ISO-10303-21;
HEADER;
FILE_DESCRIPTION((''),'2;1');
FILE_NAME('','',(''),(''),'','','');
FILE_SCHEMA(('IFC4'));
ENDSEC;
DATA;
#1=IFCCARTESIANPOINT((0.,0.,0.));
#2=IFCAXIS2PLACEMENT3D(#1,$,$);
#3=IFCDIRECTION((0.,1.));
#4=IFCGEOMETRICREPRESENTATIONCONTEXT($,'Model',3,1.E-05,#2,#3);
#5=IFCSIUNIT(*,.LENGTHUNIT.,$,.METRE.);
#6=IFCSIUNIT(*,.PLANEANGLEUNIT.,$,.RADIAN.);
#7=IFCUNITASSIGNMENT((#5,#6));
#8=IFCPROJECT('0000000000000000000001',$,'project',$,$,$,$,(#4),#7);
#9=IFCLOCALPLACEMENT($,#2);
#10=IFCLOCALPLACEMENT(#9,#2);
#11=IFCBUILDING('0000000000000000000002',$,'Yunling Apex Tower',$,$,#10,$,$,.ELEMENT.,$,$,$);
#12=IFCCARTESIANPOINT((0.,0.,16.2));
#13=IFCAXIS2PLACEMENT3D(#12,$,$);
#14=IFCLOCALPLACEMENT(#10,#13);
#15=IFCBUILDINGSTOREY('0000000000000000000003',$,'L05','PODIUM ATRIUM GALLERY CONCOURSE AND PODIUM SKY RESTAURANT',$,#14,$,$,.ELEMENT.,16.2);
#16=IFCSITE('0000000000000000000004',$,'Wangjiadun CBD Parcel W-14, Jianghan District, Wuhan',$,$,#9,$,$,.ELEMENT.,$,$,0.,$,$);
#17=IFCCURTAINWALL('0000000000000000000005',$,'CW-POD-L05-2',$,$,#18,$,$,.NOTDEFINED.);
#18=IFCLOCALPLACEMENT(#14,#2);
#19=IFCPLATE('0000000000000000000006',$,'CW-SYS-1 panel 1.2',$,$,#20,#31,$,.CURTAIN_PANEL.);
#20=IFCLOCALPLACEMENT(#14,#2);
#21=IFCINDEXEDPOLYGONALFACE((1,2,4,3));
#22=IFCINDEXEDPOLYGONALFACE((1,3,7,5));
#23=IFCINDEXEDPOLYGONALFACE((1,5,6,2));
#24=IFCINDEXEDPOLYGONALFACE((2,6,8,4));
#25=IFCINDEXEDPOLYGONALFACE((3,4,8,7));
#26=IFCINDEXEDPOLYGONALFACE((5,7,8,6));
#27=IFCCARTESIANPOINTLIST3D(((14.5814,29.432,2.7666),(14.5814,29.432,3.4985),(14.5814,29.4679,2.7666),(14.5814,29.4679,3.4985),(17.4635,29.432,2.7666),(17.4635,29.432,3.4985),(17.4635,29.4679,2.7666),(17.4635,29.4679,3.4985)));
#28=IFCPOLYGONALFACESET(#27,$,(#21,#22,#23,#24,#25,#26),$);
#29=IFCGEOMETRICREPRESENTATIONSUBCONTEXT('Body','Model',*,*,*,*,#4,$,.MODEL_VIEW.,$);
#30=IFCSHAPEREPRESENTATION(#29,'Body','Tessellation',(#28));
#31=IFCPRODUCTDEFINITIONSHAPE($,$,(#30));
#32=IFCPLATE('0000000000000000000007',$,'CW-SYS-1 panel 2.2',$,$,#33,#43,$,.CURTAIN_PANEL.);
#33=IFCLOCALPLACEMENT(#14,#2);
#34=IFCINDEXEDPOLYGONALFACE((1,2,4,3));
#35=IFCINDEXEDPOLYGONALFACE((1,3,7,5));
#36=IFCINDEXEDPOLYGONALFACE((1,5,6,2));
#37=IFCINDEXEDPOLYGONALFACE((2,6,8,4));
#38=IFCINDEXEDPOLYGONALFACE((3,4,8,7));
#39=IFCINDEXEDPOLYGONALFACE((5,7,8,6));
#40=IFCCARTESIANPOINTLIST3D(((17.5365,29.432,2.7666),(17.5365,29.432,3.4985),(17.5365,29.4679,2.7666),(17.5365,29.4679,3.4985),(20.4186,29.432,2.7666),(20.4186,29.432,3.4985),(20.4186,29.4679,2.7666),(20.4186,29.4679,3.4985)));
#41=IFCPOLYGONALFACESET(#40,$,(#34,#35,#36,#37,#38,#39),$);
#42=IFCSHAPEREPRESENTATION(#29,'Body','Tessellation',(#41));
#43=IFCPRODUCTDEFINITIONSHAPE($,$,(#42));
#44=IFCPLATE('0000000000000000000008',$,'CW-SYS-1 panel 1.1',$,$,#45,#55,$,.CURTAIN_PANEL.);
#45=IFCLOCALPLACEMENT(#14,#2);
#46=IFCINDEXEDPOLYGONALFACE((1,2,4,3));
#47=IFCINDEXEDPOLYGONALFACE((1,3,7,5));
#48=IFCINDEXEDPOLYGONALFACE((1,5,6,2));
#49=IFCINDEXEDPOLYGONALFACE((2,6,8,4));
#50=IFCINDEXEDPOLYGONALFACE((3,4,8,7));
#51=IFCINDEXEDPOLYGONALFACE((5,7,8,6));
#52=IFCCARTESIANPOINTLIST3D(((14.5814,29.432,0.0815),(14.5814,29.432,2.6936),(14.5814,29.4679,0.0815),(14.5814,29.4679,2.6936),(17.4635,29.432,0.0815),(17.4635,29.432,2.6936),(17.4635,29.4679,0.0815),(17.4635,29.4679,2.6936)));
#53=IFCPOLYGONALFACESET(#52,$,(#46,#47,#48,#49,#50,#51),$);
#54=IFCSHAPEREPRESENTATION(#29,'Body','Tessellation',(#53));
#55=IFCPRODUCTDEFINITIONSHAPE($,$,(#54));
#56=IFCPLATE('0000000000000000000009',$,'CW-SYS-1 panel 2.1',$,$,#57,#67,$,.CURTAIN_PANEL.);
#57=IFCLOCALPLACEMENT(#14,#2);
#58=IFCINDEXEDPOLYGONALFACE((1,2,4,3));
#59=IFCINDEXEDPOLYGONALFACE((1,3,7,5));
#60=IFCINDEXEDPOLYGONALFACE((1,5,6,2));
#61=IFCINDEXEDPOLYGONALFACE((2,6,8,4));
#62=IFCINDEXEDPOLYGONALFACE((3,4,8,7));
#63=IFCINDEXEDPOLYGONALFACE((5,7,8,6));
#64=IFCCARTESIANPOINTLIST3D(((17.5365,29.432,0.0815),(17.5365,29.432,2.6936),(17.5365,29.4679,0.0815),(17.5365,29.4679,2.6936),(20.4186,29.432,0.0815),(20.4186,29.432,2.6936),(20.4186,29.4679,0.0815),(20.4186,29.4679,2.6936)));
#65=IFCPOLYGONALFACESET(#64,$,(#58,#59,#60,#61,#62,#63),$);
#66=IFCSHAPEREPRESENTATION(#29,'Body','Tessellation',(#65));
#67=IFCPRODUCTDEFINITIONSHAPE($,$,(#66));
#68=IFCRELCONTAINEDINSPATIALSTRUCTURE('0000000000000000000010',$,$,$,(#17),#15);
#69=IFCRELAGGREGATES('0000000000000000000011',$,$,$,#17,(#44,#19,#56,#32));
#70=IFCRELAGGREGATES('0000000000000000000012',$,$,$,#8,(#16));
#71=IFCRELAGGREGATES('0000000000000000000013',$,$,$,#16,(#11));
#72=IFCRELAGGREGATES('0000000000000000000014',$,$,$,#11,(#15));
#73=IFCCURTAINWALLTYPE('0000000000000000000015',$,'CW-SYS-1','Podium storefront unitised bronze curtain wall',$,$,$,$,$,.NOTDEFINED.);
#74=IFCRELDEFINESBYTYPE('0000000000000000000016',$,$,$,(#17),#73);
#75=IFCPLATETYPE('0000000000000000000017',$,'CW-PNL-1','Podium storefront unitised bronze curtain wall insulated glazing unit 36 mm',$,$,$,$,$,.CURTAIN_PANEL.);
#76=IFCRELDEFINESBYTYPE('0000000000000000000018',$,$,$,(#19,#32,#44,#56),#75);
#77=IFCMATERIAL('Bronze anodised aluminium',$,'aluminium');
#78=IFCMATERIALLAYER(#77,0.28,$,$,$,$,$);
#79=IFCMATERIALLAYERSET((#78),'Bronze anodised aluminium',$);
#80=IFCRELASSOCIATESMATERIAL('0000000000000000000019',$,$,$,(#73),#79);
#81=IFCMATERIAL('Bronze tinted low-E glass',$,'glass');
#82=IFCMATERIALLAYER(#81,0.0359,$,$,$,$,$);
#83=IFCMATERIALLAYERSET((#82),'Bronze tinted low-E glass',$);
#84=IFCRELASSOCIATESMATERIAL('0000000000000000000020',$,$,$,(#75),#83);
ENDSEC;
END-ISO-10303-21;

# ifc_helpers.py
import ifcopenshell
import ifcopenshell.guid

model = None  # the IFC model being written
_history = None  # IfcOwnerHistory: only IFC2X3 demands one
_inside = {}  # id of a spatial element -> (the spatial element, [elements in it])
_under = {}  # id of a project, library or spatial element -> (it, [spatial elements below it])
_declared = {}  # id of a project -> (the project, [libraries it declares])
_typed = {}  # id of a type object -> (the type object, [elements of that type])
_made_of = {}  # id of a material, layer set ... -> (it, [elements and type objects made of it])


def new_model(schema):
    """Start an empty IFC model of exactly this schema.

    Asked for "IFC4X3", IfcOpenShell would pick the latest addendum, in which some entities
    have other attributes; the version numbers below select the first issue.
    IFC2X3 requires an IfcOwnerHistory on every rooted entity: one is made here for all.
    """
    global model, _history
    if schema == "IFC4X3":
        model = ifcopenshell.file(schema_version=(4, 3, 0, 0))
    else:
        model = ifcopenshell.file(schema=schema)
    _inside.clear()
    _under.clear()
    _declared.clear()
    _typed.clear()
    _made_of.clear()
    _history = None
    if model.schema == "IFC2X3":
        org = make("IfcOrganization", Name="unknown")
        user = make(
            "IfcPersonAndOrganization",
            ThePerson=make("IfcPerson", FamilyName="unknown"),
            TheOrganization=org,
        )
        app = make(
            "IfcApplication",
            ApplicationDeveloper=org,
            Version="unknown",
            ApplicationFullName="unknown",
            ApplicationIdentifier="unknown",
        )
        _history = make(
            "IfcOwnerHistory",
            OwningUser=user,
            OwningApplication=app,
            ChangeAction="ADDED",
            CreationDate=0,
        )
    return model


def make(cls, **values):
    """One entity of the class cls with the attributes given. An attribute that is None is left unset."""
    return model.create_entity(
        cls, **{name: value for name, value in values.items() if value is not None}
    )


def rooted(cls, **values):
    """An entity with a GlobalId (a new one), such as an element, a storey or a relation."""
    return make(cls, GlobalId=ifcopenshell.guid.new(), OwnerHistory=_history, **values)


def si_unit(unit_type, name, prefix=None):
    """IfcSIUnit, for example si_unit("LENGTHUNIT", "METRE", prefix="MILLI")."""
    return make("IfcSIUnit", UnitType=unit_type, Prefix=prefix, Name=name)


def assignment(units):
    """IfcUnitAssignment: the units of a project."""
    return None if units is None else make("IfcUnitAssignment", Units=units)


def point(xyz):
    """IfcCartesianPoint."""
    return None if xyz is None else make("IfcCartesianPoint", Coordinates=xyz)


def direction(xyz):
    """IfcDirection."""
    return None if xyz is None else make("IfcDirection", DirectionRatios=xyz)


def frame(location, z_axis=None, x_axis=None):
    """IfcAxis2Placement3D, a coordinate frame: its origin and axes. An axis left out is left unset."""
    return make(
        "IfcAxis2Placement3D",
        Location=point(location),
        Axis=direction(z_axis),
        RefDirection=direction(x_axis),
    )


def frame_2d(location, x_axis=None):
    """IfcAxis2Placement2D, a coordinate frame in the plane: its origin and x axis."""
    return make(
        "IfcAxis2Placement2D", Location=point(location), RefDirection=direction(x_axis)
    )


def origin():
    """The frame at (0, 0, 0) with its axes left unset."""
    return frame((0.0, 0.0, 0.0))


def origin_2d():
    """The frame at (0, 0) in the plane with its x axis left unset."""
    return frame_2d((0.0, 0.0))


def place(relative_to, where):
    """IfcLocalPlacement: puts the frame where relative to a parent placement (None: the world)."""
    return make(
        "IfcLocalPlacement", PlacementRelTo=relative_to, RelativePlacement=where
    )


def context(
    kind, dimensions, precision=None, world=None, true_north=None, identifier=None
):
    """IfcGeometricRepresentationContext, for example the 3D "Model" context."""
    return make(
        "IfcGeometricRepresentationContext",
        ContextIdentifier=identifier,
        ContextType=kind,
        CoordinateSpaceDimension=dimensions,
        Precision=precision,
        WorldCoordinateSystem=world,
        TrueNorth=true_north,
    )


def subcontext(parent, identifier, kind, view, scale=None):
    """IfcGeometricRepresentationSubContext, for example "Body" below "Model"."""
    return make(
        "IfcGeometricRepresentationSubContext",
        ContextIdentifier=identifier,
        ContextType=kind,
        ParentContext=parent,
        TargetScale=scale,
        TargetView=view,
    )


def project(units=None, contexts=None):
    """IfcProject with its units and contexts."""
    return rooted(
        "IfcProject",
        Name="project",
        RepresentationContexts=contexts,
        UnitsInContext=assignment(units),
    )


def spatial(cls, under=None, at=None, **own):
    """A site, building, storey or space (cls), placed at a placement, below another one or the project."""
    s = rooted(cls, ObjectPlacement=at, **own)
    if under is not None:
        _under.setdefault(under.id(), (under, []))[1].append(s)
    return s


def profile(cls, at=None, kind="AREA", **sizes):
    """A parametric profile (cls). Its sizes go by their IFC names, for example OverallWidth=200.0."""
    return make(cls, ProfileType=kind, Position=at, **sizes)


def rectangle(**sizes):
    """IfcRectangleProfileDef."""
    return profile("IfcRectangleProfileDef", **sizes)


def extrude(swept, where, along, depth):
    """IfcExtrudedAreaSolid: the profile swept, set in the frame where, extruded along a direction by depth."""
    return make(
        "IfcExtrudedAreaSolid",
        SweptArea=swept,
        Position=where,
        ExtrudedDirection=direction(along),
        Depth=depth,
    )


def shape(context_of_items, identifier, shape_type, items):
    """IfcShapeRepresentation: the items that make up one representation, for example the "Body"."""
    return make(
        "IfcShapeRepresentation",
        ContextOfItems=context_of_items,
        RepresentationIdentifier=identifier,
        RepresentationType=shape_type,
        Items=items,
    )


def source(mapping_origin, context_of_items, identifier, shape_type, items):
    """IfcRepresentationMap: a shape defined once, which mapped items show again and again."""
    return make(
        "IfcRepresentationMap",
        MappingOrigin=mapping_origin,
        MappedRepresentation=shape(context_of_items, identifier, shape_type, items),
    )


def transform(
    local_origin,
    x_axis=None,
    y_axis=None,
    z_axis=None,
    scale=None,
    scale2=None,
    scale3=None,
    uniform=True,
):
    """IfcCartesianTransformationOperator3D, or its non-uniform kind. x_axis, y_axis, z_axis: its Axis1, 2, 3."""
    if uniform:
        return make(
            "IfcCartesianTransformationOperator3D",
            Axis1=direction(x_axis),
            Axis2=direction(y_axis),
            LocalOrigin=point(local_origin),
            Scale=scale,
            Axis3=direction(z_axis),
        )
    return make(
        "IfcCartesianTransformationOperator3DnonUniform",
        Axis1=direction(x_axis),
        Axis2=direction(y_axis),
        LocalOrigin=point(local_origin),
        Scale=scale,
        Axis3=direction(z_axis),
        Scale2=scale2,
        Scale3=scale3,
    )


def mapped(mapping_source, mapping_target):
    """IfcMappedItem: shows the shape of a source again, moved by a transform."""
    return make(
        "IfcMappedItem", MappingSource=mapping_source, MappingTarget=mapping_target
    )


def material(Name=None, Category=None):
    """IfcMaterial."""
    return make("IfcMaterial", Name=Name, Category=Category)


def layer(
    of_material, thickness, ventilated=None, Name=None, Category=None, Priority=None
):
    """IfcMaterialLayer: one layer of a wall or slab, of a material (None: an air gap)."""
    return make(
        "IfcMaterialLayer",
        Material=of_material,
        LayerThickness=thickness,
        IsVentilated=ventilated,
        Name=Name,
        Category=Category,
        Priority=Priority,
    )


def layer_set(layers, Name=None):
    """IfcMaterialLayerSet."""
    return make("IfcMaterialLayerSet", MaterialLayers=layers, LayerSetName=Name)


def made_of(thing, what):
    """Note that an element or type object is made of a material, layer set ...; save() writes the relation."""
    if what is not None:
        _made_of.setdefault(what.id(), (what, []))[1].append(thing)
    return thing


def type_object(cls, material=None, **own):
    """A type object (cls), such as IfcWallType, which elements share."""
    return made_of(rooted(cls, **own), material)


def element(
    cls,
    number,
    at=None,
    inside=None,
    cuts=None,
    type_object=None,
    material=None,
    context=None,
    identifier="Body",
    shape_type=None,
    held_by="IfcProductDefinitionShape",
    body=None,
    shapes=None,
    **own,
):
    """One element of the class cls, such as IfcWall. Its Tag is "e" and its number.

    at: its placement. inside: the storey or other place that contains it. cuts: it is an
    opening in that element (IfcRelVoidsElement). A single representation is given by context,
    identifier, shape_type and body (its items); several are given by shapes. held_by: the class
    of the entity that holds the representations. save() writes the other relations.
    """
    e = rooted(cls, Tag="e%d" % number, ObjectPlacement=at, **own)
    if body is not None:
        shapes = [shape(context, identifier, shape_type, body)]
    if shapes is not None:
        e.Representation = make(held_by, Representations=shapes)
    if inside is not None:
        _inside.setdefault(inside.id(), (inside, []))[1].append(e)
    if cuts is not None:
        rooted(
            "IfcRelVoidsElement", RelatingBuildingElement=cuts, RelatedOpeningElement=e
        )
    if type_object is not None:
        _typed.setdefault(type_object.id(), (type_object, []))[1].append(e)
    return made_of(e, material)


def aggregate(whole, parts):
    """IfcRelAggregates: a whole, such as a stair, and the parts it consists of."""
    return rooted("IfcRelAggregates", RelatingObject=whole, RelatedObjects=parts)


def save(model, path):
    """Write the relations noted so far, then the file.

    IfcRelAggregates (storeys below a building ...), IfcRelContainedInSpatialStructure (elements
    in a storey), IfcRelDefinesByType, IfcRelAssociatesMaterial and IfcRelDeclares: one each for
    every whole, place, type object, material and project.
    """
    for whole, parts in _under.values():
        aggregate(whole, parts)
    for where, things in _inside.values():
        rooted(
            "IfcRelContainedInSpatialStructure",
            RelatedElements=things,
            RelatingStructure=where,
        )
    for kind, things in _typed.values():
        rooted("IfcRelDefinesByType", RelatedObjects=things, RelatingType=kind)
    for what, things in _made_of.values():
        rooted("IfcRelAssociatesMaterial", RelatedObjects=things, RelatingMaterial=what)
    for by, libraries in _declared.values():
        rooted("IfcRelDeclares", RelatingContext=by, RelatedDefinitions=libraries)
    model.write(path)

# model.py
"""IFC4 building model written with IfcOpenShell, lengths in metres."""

from ifc_helpers import new_model, si_unit, direction, frame, origin, origin_2d, place, context, subcontext, project, spatial, rectangle, extrude, source, transform, mapped, material, layer, layer_set, type_object, element, aggregate, save


model = new_model("IFC4")

# Units and contexts
model_context = context("Model", 3, precision=1e-05, world=origin(), true_north=direction((0.0, 1.0)))
body_context = subcontext(model_context, "Body", "Model", "MODEL_VIEW")
ifc_project = project(units=[si_unit("LENGTHUNIT", "METRE"), si_unit("PLANEANGLEUNIT", "RADIAN")], contexts=[model_context])

# Site, building, storey
site_placement = place(None, origin())
site = spatial("IfcSite", under=ifc_project, at=site_placement, Name="Wangjiadun CBD Parcel W-14, Jianghan District, Wuhan", CompositionType="ELEMENT", RefElevation=0.0)
building_placement = place(site_placement, origin())
building = spatial("IfcBuilding", under=site, at=building_placement, Name="Yunling Apex Tower", CompositionType="ELEMENT")
storey_placement = place(building_placement, frame((0.0, 0.0, 16.2)))
storey = spatial("IfcBuildingStorey", under=building, at=storey_placement, Name="L05", Description="PODIUM ATRIUM GALLERY CONCOURSE AND PODIUM SKY RESTAURANT", CompositionType="ELEMENT", Elevation=16.2)

# Curtain wall
ifc_material_1 = material(Name="Bronze anodised aluminium", Category="aluminium")
ifc_layer_1 = layer(ifc_material_1, 0.28)
ifc_layer_set_1 = layer_set([ifc_layer_1], Name="Bronze anodised aluminium")
curtain_wall_type = type_object("IfcCurtainWallType", Name="CW-SYS-1", Description="Podium storefront unitised bronze curtain wall", PredefinedType="NOTDEFINED", material=ifc_layer_set_1)
curtain_wall_placement = place(storey_placement, origin())
curtain_wall = element("IfcCurtainWall", 1, at=curtain_wall_placement, inside=storey, type_object=curtain_wall_type, Name="CW-POD-L05-2", PredefinedType="NOTDEFINED")

# Plates
ifc_material_2 = material(Name="Bronze tinted low-E glass", Category="glass")
ifc_layer_2 = layer(ifc_material_2, 0.0359)
ifc_layer_set_2 = layer_set([ifc_layer_2], Name="Bronze tinted low-E glass")
plate_type_1 = type_object("IfcPlateType", Name="CW-PNL-1", Description="Podium storefront unitised bronze curtain wall insulated glazing unit 36 mm", PredefinedType="CURTAIN_PANEL", material=ifc_layer_set_2)
shared_shape_1 = source(origin(), body_context, "Body", "SweptSolid", [
    extrude(rectangle(XDim=2.8821, YDim=0.0359, at=origin_2d()), origin(), (0.0, 0.0, 1.0), 0.7319),
])
plate_1_placement = place(storey_placement, frame((16.0225, 29.45, 2.7666), z_axis=(0.0, 0.0, 1.0), x_axis=(1.0, 0.0, 0.0)))
plate_1 = element("IfcPlate", 2, at=plate_1_placement, type_object=plate_type_1, Name="CW-SYS-1 panel 1.2", PredefinedType="CURTAIN_PANEL", context=body_context, shape_type="MappedRepresentation", body=[
    mapped(shared_shape_1, transform((0.0, 0.0, 0.0), scale=1.0)),
])
plate_2_placement = place(storey_placement, frame((18.9775, 29.45, 2.7666), z_axis=(0.0, 0.0, 1.0), x_axis=(1.0, 0.0, 0.0)))
plate_2 = element("IfcPlate", 3, at=plate_2_placement, type_object=plate_type_1, Name="CW-SYS-1 panel 2.2", PredefinedType="CURTAIN_PANEL", context=body_context, shape_type="MappedRepresentation", body=[
    mapped(shared_shape_1, transform((0.0, 0.0, 0.0), scale=1.0)),
])
shared_shape_2 = source(origin(), body_context, "Body", "SweptSolid", [
    extrude(rectangle(XDim=2.8821, YDim=0.0359, at=origin_2d()), origin(), (0.0, 0.0, 1.0), 2.6121),
])
plate_3_placement = place(storey_placement, frame((16.0225, 29.45, 0.0815), z_axis=(0.0, 0.0, 1.0), x_axis=(1.0, 0.0, 0.0)))
plate_3 = element("IfcPlate", 4, at=plate_3_placement, type_object=plate_type_1, Name="CW-SYS-1 panel 1.1", PredefinedType="CURTAIN_PANEL", context=body_context, shape_type="MappedRepresentation", body=[
    mapped(shared_shape_2, transform((0.0, 0.0, 0.0), scale=1.0)),
])
plate_4_placement = place(storey_placement, frame((18.9775, 29.45, 0.0815), z_axis=(0.0, 0.0, 1.0), x_axis=(1.0, 0.0, 0.0)))
plate_4 = element("IfcPlate", 5, at=plate_4_placement, type_object=plate_type_1, Name="CW-SYS-1 panel 2.1", PredefinedType="CURTAIN_PANEL", context=body_context, shape_type="MappedRepresentation", body=[
    mapped(shared_shape_2, transform((0.0, 0.0, 0.0), scale=1.0)),
])
aggregate(curtain_wall, [plate_3, plate_1, plate_4, plate_2])

save(model, "model.ifc")
